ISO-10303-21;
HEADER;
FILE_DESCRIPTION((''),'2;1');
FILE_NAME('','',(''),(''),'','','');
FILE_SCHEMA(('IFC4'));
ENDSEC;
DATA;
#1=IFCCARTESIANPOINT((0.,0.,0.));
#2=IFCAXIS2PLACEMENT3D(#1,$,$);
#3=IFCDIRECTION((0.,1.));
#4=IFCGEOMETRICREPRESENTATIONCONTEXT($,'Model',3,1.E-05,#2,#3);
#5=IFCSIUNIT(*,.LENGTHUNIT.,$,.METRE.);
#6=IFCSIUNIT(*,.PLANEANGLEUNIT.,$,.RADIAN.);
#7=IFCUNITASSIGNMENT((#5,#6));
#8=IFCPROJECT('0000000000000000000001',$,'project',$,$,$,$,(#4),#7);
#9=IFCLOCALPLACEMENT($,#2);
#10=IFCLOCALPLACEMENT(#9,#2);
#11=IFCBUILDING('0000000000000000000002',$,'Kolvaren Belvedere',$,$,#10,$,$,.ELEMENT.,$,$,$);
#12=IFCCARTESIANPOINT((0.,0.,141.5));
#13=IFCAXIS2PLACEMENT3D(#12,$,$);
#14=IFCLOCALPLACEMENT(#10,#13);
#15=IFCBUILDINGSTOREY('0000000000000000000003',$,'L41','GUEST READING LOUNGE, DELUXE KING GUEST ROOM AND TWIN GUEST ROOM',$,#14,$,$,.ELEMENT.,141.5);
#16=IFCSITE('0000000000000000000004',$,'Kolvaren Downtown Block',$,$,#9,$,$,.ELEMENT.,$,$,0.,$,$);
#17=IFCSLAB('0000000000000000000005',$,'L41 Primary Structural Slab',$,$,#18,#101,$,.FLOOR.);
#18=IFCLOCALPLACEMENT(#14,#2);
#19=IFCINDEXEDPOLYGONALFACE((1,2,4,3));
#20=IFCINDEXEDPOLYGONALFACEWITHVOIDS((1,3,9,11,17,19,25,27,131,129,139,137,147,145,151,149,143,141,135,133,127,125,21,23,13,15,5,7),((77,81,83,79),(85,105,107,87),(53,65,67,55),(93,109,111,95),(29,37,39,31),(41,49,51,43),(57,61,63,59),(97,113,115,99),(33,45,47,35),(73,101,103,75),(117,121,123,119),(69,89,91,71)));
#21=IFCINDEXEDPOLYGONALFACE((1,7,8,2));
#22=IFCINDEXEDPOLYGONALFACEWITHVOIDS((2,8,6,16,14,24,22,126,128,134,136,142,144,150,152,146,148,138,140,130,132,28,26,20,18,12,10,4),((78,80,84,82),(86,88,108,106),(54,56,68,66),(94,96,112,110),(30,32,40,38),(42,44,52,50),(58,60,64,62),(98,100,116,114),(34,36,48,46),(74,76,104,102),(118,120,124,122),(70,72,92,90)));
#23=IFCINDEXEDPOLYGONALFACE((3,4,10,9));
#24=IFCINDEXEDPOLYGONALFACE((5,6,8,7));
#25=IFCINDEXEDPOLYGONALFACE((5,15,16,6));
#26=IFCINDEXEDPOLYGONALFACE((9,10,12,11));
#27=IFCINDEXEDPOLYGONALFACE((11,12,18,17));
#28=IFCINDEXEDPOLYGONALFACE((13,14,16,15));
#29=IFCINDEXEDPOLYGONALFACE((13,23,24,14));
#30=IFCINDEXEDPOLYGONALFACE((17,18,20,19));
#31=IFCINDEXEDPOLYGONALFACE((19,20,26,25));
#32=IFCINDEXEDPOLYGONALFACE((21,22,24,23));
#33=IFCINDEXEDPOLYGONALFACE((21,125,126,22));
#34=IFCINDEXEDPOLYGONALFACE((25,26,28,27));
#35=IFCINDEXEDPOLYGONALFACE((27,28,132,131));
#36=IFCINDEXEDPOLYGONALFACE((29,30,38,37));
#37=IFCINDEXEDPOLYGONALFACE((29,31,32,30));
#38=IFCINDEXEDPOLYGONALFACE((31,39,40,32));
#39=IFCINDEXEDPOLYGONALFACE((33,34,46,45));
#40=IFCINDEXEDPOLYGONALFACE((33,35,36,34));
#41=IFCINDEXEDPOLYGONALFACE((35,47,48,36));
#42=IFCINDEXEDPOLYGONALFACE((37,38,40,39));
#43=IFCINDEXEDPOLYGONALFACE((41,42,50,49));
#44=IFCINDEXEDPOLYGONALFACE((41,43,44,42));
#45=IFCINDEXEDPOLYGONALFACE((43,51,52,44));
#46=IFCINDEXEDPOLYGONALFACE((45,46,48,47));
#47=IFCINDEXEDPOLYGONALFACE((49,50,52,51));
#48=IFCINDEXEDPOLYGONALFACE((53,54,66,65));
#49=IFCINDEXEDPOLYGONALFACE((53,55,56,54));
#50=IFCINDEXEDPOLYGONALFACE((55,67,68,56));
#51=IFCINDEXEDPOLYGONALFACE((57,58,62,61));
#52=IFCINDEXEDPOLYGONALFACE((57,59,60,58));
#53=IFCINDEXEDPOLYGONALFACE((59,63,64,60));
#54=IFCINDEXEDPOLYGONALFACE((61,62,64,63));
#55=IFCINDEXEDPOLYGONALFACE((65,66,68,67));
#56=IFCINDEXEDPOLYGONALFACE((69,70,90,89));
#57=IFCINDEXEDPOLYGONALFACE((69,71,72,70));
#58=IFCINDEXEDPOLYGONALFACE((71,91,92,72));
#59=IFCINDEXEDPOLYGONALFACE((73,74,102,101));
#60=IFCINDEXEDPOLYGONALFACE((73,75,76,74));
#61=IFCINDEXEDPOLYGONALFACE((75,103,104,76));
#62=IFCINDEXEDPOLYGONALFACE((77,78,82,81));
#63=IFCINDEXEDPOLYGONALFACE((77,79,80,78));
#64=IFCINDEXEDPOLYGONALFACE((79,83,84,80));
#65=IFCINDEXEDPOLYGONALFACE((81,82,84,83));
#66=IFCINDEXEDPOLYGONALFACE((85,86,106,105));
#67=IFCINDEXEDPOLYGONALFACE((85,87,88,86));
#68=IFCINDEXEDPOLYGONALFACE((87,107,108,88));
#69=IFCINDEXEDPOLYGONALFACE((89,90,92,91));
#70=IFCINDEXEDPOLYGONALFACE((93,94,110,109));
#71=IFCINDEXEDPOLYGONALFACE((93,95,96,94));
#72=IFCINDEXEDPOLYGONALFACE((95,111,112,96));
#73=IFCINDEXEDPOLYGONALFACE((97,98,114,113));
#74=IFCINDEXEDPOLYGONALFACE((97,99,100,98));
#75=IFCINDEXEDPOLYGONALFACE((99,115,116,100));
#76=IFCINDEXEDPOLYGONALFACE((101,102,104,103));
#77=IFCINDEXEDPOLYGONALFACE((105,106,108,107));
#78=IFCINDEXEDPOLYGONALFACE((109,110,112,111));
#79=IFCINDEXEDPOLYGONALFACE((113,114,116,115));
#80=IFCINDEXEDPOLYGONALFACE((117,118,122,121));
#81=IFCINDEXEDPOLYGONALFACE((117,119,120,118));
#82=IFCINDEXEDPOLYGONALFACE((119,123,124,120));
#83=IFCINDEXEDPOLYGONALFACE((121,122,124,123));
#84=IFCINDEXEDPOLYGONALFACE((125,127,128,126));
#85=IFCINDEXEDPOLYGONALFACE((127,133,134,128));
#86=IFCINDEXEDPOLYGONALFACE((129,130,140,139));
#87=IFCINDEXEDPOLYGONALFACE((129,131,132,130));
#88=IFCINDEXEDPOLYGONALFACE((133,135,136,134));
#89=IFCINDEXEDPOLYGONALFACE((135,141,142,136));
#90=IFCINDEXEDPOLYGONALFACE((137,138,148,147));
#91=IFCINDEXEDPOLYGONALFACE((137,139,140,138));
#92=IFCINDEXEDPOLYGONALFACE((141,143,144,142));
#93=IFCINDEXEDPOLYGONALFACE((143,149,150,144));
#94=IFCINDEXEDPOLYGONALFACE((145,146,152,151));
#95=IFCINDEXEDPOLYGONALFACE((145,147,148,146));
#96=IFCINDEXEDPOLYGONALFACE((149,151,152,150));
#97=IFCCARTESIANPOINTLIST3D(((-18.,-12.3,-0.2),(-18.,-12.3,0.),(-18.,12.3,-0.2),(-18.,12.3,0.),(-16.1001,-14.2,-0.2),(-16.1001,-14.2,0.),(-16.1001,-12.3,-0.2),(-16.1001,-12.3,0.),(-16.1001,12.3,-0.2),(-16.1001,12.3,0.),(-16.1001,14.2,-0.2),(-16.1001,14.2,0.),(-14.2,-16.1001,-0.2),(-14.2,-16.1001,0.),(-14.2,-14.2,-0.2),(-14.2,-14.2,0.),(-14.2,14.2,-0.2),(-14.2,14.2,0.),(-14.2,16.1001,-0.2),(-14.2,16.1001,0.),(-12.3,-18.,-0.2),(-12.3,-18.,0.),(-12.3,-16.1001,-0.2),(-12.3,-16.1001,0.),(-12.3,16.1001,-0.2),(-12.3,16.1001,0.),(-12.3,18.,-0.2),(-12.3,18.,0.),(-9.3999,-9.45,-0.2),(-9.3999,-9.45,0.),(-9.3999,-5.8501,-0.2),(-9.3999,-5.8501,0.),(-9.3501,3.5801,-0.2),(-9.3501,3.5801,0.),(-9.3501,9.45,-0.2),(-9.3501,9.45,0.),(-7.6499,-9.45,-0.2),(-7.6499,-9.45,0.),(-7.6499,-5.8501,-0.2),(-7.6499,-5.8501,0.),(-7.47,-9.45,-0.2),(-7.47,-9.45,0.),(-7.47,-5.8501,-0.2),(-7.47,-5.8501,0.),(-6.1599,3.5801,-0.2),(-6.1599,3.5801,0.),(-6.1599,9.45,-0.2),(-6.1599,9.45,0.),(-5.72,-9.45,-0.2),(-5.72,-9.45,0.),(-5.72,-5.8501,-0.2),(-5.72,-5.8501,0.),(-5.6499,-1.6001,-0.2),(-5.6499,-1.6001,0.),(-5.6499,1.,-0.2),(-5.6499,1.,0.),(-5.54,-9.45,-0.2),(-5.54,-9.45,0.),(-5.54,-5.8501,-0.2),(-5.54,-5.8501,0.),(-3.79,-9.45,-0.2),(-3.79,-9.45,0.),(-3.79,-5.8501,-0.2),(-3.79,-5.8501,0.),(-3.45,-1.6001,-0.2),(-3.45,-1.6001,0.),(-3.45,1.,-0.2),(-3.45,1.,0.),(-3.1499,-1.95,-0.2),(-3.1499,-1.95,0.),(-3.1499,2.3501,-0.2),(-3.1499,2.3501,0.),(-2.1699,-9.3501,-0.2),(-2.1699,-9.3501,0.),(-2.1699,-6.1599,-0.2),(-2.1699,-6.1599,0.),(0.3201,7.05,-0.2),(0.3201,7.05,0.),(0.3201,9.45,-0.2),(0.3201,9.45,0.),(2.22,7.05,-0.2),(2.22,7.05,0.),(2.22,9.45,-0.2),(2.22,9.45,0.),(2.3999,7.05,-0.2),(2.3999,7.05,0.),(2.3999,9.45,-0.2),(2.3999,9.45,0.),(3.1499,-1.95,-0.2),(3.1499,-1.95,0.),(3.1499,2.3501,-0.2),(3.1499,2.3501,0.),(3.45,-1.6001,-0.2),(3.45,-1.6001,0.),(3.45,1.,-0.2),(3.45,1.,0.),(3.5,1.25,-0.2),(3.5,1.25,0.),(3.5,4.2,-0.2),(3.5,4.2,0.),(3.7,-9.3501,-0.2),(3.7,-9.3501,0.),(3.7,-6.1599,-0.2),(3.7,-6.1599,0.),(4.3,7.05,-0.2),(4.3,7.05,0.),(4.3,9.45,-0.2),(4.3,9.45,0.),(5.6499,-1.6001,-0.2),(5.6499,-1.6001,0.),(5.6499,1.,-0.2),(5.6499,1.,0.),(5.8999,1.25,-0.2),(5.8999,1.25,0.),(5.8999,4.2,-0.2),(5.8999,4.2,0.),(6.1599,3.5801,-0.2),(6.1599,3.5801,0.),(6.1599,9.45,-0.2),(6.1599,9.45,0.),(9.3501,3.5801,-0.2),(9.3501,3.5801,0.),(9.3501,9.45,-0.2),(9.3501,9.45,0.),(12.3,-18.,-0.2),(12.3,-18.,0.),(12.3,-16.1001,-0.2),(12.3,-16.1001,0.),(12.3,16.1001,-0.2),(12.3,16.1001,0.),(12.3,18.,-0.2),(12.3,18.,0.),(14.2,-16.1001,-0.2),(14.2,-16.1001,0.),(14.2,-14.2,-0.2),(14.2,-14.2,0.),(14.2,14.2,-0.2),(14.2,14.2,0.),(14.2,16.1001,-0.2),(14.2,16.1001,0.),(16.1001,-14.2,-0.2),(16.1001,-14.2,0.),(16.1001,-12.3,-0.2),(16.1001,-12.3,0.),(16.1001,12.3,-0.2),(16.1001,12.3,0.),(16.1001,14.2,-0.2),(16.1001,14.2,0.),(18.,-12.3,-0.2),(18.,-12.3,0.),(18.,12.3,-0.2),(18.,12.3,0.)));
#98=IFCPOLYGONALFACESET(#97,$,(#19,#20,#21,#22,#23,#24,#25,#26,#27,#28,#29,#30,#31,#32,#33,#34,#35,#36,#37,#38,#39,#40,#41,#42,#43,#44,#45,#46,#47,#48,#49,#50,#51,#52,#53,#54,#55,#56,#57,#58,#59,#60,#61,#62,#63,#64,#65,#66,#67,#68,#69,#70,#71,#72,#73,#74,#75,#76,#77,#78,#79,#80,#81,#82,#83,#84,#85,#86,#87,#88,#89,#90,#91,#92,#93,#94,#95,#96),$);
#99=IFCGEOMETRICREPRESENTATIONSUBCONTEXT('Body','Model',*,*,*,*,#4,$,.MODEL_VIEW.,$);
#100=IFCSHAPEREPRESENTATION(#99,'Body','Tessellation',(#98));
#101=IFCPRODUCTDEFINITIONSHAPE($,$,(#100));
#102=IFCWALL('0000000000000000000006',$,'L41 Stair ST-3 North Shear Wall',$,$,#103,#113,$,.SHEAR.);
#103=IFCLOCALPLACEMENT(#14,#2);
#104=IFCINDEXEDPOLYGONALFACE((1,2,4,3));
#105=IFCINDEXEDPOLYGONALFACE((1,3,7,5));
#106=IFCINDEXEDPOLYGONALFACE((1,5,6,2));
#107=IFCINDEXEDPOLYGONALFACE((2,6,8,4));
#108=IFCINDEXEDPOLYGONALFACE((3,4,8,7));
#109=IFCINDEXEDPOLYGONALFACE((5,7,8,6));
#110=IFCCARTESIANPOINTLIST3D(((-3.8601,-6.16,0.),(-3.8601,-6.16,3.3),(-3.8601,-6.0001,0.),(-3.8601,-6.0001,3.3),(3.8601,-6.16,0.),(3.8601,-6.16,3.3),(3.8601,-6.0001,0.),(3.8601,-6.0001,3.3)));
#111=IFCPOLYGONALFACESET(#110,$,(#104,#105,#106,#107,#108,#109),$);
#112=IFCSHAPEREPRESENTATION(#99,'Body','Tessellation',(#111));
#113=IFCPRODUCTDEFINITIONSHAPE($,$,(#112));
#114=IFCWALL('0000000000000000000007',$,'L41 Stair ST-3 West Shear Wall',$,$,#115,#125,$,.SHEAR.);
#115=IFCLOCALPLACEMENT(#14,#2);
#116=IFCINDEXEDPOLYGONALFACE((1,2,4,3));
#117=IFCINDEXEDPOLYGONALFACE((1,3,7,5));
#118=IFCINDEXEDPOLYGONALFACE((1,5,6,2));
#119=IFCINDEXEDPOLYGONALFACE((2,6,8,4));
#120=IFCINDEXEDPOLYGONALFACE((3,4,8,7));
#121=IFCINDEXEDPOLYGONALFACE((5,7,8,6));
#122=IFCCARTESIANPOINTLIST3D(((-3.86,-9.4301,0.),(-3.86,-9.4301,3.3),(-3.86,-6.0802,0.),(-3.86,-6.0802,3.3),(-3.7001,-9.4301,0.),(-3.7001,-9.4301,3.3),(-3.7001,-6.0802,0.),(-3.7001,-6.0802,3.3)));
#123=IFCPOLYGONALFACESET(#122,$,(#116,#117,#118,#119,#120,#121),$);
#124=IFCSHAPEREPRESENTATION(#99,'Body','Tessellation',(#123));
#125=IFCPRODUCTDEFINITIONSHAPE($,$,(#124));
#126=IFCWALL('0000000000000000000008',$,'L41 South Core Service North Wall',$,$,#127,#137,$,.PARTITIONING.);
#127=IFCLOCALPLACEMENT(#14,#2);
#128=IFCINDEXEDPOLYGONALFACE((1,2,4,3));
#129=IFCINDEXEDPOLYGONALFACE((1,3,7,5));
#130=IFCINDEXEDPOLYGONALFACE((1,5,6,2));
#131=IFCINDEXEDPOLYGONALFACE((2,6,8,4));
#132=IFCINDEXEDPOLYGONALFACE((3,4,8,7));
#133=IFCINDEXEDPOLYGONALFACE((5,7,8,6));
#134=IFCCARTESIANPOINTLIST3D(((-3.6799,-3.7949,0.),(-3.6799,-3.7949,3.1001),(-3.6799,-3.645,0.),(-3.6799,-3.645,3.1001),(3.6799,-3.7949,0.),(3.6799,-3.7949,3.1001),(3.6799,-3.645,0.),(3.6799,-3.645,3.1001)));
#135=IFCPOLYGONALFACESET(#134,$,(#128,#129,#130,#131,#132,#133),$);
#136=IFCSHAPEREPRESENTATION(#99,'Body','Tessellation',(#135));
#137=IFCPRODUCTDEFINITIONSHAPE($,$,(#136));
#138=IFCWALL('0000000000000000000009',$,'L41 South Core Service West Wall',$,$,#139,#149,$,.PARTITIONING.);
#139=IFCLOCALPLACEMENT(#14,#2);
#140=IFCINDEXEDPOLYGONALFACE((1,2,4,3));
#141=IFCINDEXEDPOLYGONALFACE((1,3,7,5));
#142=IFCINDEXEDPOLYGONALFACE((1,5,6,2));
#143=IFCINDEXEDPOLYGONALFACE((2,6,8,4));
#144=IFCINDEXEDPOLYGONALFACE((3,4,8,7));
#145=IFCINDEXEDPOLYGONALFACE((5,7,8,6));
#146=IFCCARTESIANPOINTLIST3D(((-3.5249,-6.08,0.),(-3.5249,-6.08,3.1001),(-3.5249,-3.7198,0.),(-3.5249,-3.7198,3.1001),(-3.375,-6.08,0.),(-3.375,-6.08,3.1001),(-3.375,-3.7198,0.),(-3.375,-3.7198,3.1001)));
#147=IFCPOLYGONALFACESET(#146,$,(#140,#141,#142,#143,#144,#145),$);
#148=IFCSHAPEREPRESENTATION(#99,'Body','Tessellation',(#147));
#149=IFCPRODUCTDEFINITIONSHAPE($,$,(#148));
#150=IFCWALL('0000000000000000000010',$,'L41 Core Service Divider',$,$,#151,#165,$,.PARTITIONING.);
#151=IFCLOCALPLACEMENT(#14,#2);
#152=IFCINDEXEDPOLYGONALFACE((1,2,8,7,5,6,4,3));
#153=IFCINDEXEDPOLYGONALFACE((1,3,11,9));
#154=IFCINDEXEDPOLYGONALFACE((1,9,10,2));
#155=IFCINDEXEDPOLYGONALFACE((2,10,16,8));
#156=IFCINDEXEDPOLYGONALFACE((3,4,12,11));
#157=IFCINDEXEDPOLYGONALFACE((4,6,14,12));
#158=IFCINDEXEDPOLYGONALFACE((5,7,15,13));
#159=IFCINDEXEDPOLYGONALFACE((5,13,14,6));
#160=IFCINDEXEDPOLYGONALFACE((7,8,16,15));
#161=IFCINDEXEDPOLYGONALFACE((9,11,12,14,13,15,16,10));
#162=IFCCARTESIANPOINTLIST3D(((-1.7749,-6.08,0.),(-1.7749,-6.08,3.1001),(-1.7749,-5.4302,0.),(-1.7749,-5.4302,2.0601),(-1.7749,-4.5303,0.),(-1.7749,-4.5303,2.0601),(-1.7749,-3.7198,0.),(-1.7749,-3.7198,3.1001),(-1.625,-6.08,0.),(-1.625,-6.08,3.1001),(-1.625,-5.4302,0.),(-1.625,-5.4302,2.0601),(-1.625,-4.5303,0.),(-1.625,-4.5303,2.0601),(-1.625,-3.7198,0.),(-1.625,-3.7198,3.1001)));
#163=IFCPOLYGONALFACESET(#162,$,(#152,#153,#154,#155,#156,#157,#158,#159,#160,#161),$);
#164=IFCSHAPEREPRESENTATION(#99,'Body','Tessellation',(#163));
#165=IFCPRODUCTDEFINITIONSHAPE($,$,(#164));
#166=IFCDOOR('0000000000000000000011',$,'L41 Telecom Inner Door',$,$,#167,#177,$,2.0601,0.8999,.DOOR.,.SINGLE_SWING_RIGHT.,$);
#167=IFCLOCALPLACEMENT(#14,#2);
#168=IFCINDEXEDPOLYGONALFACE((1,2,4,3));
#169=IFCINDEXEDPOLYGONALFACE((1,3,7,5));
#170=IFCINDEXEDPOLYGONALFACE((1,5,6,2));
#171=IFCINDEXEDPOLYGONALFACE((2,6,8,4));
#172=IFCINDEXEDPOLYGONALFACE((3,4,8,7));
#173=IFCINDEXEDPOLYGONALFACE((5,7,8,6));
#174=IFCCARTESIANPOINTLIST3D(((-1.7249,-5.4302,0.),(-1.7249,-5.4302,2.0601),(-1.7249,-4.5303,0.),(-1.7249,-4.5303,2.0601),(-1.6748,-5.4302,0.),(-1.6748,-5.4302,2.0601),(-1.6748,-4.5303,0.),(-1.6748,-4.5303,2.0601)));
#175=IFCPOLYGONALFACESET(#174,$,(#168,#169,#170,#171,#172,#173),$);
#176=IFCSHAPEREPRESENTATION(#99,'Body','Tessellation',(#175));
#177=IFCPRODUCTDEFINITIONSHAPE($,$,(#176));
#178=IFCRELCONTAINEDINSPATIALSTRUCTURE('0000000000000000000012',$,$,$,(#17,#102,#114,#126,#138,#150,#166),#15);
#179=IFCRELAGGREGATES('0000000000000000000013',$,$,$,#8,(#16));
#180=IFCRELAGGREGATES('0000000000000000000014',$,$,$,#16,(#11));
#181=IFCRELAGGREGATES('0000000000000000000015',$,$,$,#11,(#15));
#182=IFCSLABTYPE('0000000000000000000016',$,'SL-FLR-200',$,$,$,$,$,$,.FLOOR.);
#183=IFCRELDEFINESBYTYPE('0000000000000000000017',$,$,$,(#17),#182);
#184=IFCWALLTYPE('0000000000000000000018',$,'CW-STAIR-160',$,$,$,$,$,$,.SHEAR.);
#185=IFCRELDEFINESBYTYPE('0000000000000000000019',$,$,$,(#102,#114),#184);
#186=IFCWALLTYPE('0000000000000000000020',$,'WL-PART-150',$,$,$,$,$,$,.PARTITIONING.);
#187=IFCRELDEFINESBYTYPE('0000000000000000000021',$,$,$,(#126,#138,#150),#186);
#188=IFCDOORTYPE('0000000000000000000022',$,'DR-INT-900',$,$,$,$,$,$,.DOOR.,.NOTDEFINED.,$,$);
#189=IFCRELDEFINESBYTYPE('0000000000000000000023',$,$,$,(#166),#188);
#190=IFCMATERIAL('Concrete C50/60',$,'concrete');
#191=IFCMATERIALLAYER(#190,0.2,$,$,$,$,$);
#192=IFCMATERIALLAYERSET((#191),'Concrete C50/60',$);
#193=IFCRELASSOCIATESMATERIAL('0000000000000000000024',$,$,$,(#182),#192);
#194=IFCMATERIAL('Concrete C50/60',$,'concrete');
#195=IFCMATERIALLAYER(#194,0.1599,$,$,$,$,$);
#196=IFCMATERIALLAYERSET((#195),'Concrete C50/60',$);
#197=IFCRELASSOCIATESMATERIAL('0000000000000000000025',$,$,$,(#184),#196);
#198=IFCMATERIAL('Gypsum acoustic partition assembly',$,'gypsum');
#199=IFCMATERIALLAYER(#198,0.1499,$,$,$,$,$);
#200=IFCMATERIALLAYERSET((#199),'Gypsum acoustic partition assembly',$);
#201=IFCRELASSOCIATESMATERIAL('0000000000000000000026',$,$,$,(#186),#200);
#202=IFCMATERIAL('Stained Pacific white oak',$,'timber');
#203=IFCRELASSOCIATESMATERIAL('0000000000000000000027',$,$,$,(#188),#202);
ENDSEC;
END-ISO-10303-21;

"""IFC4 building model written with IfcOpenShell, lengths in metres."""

from ifc_helpers import new_model, si_unit, direction, frame, frame_2d, origin, place, context, subcontext, project, spatial, polyline, rectangle, outline, extrude, material, layer, layer_set, type_object, element, fill, save


model = new_model("IFC4")

# Units and contexts
model_context = context("Model", 3, precision=1e-05, world=origin(), true_north=direction((0.0, 1.0)))
body_context = subcontext(model_context, "Body", "Model", "MODEL_VIEW")
ifc_project = project(units=[si_unit("LENGTHUNIT", "METRE"), si_unit("PLANEANGLEUNIT", "RADIAN")], contexts=[model_context])

# Site, building, storey
site_placement = place(None, origin())
site = spatial("IfcSite", under=ifc_project, at=site_placement, Name="Kolvaren Downtown Block", CompositionType="ELEMENT", RefElevation=0.0)
building_placement = place(site_placement, origin())
building = spatial("IfcBuilding", under=site, at=building_placement, Name="Kolvaren Belvedere", CompositionType="ELEMENT")
storey_placement = place(building_placement, frame((0.0, 0.0, 141.5)))
storey = spatial("IfcBuildingStorey", under=building, at=storey_placement, Name="L41", Description="GUEST READING LOUNGE, DELUXE KING GUEST ROOM AND TWIN GUEST ROOM", CompositionType="ELEMENT", Elevation=141.5)

# Slab
ifc_material_1 = material(Name="Concrete C50/60", Category="concrete")
ifc_layer_1 = layer(ifc_material_1, 0.2)
ifc_layer_set_1 = layer_set([ifc_layer_1], Name="Concrete C50/60")
slab_type = type_object("IfcSlabType", Name="SL-FLR-200", PredefinedType="FLOOR", material=ifc_layer_set_1)
slab_placement = place(storey_placement, frame((0.0, 0.0, -0.2)))
element("IfcSlab", 1, at=slab_placement, inside=storey, type_object=slab_type, Name="L41 Primary Structural Slab", PredefinedType="FLOOR", context=body_context, shape_type="SweptSolid", body=[
    extrude(outline(polyline([(-12.3, -18.0), (12.3, -18.0), (12.3, -16.1001), (14.2, -16.1001), (14.2, -14.2), (16.1001, -14.2), (16.1001, -12.3), (18.0, -12.3), (18.0, 12.3), (16.1001, 12.3), (16.1001, 14.2), (14.2, 14.2), (14.2, 16.1001), (12.3, 16.1001), (12.3, 18.0), (-12.3, 18.0), (-12.3, 16.1001), (-14.2, 16.1001), (-14.2, 14.2), (-16.1001, 14.2), (-16.1001, 12.3), (-18.0, 12.3), (-18.0, -12.3), (-16.1001, -12.3), (-16.1001, -14.2), (-14.2, -14.2), (-14.2, -16.1001), (-12.3, -16.1001), (-12.3, -18.0)]), holes=[polyline([(-9.3501, 3.5801), (-6.1599, 3.5801), (-6.1599, 9.45), (-9.3501, 9.45), (-9.3501, 3.5801)]), polyline([(6.1599, 3.5801), (9.3501, 3.5801), (9.3501, 9.45), (6.1599, 9.45), (6.1599, 3.5801)]), polyline([(-2.1699, -9.3501), (3.7, -9.3501), (3.7, -6.1599), (-2.1699, -6.1599), (-2.1699, -9.3501)]), polyline([(-5.6499, -1.6001), (-3.45, -1.6001), (-3.45, 1.0), (-5.6499, 1.0), (-5.6499, -1.6001)]), polyline([(3.5, 1.25), (5.8999, 1.25), (5.8999, 4.2), (3.5, 4.2), (3.5, 1.25)]), polyline([(3.45, -1.6001), (5.6499, -1.6001), (5.6499, 1.0), (3.45, 1.0), (3.45, -1.6001)]), polyline([(-9.3999, -9.45), (-7.6499, -9.45), (-7.6499, -5.8501), (-9.3999, -5.8501), (-9.3999, -9.45)]), polyline([(-7.47, -9.45), (-5.72, -9.45), (-5.72, -5.8501), (-7.47, -5.8501), (-7.47, -9.45)]), polyline([(-5.54, -9.45), (-3.79, -9.45), (-3.79, -5.8501), (-5.54, -5.8501), (-5.54, -9.45)]), polyline([(0.3201, 7.05), (2.22, 7.05), (2.22, 9.45), (0.3201, 9.45), (0.3201, 7.05)]), polyline([(2.3999, 7.05), (4.3, 7.05), (4.3, 9.45), (2.3999, 9.45), (2.3999, 7.05)]), polyline([(-3.1499, -1.95), (3.1499, -1.95), (3.1499, 2.3501), (-3.1499, 2.3501), (-3.1499, -1.95)])]), origin(), (0.0, 0.0, 1.0), 0.2),
])

# Walls
ifc_material_2 = material(Name="Concrete C50/60", Category="concrete")
ifc_layer_2 = layer(ifc_material_2, 0.1599)
ifc_layer_set_2 = layer_set([ifc_layer_2], Name="Concrete C50/60")
wall_type_1 = type_object("IfcWallType", Name="CW-STAIR-160", PredefinedType="SHEAR", material=ifc_layer_set_2)
wall_1_placement = place(storey_placement, frame((-3.8601, -6.0801, 0.0), z_axis=(0.0, 0.0, 1.0), x_axis=(1.0, 0.0, 0.0)))
element("IfcWall", 2, at=wall_1_placement, inside=storey, type_object=wall_type_1, Name="L41 Stair ST-3 North Shear Wall", PredefinedType="SHEAR", context=body_context, shape_type="SweptSolid", body=[
    extrude(rectangle(XDim=7.7202, YDim=0.1599, at=frame_2d((3.8601, 0.0))), origin(), (0.0, 0.0, 1.0), 3.3),
])
wall_2_placement = place(storey_placement, frame((-3.78, -9.4299, 0.0), z_axis=(0.0, 0.0, 1.0), x_axis=(0.0, 1.0, 0.0)))
element("IfcWall", 3, at=wall_2_placement, inside=storey, type_object=wall_type_1, Name="L41 Stair ST-3 West Shear Wall", PredefinedType="SHEAR", context=body_context, shape_type="SweptSolid", body=[
    extrude(rectangle(XDim=3.3499, YDim=0.1599, at=frame_2d((1.6748, 0.0))), origin(), (0.0, 0.0, 1.0), 3.3),
])
ifc_material_3 = material(Name="Gypsum acoustic partition assembly", Category="gypsum")
ifc_layer_3 = layer(ifc_material_3, 0.1499)
ifc_layer_set_3 = layer_set([ifc_layer_3], Name="Gypsum acoustic partition assembly")
wall_type_2 = type_object("IfcWallType", Name="WL-PART-150", PredefinedType="PARTITIONING", material=ifc_layer_set_3)
wall_3_placement = place(storey_placement, frame((-3.6799, -3.72, 0.0), z_axis=(0.0, 0.0, 1.0), x_axis=(1.0, 0.0, 0.0)))
element("IfcWall", 4, at=wall_3_placement, inside=storey, type_object=wall_type_2, Name="L41 South Core Service North Wall", PredefinedType="PARTITIONING", context=body_context, shape_type="SweptSolid", body=[
    extrude(rectangle(XDim=7.3599, YDim=0.1499, at=frame_2d((3.6799, 0.0))), origin(), (0.0, 0.0, 1.0), 3.1001),
])
wall_4_placement = place(storey_placement, frame((-3.45, -6.0801, 0.0), z_axis=(0.0, 0.0, 1.0), x_axis=(0.0, 1.0, 0.0)))
element("IfcWall", 5, at=wall_4_placement, inside=storey, type_object=wall_type_2, Name="L41 South Core Service West Wall", PredefinedType="PARTITIONING", context=body_context, shape_type="SweptSolid", body=[
    extrude(rectangle(XDim=2.3601, YDim=0.1499, at=frame_2d((1.1802, 0.0))), origin(), (0.0, 0.0, 1.0), 3.1001),
])

# Wall, opening, door
wall_5_placement = place(storey_placement, frame((-1.7, -6.0801, 0.0), z_axis=(0.0, 0.0, 1.0), x_axis=(0.0, 1.0, 0.0)))
wall_5 = element("IfcWall", 6, at=wall_5_placement, inside=storey, type_object=wall_type_2, Name="L41 Core Service Divider", PredefinedType="PARTITIONING", context=body_context, shape_type="SweptSolid", body=[
    extrude(rectangle(XDim=2.3601, YDim=0.1499, at=frame_2d((1.1802, 0.0))), origin(), (0.0, 0.0, 1.0), 3.1001),
])
opening_1_placement = place(wall_5_placement, frame((0.6499, 0.0, 0.0)))
opening_1 = element("IfcOpeningElement", 7, at=opening_1_placement, cuts=wall_5, PredefinedType="OPENING", context=body_context, shape_type="SweptSolid", body=[
    extrude(rectangle(XDim=0.8999, YDim=2.0601, at=frame_2d((0.45, 1.03))), frame((0.0, 0.085, 0.0), z_axis=(0.0, -1.0, 0.0), x_axis=(1.0, 0.0, 0.0)), (0.0, 0.0, 1.0), 0.1699),
])
ifc_material_4 = material(Name="Stained Pacific white oak", Category="timber")
door_type_1 = type_object("IfcDoorType", Name="DR-INT-900", OperationType="NOTDEFINED", PredefinedType="DOOR", material=ifc_material_4)
door_1_placement = place(opening_1_placement, origin())
door_1 = element("IfcDoor", 8, at=door_1_placement, inside=storey, type_object=door_type_1, Name="L41 Telecom Inner Door", OperationType="SINGLE_SWING_RIGHT", OverallHeight=2.0601, OverallWidth=0.8999, PredefinedType="DOOR", context=body_context, shape_type="SweptSolid", body=[
    extrude(rectangle(XDim=0.8999, YDim=2.0601, at=frame_2d((0.45, 1.03))), frame((0.0, 0.0249, 0.0), z_axis=(0.0, -1.0, 0.0), x_axis=(1.0, 0.0, 0.0)), (0.0, 0.0, 1.0), 0.05),
])
fill(opening_1, door_1)

save(model, "model.ifc")
